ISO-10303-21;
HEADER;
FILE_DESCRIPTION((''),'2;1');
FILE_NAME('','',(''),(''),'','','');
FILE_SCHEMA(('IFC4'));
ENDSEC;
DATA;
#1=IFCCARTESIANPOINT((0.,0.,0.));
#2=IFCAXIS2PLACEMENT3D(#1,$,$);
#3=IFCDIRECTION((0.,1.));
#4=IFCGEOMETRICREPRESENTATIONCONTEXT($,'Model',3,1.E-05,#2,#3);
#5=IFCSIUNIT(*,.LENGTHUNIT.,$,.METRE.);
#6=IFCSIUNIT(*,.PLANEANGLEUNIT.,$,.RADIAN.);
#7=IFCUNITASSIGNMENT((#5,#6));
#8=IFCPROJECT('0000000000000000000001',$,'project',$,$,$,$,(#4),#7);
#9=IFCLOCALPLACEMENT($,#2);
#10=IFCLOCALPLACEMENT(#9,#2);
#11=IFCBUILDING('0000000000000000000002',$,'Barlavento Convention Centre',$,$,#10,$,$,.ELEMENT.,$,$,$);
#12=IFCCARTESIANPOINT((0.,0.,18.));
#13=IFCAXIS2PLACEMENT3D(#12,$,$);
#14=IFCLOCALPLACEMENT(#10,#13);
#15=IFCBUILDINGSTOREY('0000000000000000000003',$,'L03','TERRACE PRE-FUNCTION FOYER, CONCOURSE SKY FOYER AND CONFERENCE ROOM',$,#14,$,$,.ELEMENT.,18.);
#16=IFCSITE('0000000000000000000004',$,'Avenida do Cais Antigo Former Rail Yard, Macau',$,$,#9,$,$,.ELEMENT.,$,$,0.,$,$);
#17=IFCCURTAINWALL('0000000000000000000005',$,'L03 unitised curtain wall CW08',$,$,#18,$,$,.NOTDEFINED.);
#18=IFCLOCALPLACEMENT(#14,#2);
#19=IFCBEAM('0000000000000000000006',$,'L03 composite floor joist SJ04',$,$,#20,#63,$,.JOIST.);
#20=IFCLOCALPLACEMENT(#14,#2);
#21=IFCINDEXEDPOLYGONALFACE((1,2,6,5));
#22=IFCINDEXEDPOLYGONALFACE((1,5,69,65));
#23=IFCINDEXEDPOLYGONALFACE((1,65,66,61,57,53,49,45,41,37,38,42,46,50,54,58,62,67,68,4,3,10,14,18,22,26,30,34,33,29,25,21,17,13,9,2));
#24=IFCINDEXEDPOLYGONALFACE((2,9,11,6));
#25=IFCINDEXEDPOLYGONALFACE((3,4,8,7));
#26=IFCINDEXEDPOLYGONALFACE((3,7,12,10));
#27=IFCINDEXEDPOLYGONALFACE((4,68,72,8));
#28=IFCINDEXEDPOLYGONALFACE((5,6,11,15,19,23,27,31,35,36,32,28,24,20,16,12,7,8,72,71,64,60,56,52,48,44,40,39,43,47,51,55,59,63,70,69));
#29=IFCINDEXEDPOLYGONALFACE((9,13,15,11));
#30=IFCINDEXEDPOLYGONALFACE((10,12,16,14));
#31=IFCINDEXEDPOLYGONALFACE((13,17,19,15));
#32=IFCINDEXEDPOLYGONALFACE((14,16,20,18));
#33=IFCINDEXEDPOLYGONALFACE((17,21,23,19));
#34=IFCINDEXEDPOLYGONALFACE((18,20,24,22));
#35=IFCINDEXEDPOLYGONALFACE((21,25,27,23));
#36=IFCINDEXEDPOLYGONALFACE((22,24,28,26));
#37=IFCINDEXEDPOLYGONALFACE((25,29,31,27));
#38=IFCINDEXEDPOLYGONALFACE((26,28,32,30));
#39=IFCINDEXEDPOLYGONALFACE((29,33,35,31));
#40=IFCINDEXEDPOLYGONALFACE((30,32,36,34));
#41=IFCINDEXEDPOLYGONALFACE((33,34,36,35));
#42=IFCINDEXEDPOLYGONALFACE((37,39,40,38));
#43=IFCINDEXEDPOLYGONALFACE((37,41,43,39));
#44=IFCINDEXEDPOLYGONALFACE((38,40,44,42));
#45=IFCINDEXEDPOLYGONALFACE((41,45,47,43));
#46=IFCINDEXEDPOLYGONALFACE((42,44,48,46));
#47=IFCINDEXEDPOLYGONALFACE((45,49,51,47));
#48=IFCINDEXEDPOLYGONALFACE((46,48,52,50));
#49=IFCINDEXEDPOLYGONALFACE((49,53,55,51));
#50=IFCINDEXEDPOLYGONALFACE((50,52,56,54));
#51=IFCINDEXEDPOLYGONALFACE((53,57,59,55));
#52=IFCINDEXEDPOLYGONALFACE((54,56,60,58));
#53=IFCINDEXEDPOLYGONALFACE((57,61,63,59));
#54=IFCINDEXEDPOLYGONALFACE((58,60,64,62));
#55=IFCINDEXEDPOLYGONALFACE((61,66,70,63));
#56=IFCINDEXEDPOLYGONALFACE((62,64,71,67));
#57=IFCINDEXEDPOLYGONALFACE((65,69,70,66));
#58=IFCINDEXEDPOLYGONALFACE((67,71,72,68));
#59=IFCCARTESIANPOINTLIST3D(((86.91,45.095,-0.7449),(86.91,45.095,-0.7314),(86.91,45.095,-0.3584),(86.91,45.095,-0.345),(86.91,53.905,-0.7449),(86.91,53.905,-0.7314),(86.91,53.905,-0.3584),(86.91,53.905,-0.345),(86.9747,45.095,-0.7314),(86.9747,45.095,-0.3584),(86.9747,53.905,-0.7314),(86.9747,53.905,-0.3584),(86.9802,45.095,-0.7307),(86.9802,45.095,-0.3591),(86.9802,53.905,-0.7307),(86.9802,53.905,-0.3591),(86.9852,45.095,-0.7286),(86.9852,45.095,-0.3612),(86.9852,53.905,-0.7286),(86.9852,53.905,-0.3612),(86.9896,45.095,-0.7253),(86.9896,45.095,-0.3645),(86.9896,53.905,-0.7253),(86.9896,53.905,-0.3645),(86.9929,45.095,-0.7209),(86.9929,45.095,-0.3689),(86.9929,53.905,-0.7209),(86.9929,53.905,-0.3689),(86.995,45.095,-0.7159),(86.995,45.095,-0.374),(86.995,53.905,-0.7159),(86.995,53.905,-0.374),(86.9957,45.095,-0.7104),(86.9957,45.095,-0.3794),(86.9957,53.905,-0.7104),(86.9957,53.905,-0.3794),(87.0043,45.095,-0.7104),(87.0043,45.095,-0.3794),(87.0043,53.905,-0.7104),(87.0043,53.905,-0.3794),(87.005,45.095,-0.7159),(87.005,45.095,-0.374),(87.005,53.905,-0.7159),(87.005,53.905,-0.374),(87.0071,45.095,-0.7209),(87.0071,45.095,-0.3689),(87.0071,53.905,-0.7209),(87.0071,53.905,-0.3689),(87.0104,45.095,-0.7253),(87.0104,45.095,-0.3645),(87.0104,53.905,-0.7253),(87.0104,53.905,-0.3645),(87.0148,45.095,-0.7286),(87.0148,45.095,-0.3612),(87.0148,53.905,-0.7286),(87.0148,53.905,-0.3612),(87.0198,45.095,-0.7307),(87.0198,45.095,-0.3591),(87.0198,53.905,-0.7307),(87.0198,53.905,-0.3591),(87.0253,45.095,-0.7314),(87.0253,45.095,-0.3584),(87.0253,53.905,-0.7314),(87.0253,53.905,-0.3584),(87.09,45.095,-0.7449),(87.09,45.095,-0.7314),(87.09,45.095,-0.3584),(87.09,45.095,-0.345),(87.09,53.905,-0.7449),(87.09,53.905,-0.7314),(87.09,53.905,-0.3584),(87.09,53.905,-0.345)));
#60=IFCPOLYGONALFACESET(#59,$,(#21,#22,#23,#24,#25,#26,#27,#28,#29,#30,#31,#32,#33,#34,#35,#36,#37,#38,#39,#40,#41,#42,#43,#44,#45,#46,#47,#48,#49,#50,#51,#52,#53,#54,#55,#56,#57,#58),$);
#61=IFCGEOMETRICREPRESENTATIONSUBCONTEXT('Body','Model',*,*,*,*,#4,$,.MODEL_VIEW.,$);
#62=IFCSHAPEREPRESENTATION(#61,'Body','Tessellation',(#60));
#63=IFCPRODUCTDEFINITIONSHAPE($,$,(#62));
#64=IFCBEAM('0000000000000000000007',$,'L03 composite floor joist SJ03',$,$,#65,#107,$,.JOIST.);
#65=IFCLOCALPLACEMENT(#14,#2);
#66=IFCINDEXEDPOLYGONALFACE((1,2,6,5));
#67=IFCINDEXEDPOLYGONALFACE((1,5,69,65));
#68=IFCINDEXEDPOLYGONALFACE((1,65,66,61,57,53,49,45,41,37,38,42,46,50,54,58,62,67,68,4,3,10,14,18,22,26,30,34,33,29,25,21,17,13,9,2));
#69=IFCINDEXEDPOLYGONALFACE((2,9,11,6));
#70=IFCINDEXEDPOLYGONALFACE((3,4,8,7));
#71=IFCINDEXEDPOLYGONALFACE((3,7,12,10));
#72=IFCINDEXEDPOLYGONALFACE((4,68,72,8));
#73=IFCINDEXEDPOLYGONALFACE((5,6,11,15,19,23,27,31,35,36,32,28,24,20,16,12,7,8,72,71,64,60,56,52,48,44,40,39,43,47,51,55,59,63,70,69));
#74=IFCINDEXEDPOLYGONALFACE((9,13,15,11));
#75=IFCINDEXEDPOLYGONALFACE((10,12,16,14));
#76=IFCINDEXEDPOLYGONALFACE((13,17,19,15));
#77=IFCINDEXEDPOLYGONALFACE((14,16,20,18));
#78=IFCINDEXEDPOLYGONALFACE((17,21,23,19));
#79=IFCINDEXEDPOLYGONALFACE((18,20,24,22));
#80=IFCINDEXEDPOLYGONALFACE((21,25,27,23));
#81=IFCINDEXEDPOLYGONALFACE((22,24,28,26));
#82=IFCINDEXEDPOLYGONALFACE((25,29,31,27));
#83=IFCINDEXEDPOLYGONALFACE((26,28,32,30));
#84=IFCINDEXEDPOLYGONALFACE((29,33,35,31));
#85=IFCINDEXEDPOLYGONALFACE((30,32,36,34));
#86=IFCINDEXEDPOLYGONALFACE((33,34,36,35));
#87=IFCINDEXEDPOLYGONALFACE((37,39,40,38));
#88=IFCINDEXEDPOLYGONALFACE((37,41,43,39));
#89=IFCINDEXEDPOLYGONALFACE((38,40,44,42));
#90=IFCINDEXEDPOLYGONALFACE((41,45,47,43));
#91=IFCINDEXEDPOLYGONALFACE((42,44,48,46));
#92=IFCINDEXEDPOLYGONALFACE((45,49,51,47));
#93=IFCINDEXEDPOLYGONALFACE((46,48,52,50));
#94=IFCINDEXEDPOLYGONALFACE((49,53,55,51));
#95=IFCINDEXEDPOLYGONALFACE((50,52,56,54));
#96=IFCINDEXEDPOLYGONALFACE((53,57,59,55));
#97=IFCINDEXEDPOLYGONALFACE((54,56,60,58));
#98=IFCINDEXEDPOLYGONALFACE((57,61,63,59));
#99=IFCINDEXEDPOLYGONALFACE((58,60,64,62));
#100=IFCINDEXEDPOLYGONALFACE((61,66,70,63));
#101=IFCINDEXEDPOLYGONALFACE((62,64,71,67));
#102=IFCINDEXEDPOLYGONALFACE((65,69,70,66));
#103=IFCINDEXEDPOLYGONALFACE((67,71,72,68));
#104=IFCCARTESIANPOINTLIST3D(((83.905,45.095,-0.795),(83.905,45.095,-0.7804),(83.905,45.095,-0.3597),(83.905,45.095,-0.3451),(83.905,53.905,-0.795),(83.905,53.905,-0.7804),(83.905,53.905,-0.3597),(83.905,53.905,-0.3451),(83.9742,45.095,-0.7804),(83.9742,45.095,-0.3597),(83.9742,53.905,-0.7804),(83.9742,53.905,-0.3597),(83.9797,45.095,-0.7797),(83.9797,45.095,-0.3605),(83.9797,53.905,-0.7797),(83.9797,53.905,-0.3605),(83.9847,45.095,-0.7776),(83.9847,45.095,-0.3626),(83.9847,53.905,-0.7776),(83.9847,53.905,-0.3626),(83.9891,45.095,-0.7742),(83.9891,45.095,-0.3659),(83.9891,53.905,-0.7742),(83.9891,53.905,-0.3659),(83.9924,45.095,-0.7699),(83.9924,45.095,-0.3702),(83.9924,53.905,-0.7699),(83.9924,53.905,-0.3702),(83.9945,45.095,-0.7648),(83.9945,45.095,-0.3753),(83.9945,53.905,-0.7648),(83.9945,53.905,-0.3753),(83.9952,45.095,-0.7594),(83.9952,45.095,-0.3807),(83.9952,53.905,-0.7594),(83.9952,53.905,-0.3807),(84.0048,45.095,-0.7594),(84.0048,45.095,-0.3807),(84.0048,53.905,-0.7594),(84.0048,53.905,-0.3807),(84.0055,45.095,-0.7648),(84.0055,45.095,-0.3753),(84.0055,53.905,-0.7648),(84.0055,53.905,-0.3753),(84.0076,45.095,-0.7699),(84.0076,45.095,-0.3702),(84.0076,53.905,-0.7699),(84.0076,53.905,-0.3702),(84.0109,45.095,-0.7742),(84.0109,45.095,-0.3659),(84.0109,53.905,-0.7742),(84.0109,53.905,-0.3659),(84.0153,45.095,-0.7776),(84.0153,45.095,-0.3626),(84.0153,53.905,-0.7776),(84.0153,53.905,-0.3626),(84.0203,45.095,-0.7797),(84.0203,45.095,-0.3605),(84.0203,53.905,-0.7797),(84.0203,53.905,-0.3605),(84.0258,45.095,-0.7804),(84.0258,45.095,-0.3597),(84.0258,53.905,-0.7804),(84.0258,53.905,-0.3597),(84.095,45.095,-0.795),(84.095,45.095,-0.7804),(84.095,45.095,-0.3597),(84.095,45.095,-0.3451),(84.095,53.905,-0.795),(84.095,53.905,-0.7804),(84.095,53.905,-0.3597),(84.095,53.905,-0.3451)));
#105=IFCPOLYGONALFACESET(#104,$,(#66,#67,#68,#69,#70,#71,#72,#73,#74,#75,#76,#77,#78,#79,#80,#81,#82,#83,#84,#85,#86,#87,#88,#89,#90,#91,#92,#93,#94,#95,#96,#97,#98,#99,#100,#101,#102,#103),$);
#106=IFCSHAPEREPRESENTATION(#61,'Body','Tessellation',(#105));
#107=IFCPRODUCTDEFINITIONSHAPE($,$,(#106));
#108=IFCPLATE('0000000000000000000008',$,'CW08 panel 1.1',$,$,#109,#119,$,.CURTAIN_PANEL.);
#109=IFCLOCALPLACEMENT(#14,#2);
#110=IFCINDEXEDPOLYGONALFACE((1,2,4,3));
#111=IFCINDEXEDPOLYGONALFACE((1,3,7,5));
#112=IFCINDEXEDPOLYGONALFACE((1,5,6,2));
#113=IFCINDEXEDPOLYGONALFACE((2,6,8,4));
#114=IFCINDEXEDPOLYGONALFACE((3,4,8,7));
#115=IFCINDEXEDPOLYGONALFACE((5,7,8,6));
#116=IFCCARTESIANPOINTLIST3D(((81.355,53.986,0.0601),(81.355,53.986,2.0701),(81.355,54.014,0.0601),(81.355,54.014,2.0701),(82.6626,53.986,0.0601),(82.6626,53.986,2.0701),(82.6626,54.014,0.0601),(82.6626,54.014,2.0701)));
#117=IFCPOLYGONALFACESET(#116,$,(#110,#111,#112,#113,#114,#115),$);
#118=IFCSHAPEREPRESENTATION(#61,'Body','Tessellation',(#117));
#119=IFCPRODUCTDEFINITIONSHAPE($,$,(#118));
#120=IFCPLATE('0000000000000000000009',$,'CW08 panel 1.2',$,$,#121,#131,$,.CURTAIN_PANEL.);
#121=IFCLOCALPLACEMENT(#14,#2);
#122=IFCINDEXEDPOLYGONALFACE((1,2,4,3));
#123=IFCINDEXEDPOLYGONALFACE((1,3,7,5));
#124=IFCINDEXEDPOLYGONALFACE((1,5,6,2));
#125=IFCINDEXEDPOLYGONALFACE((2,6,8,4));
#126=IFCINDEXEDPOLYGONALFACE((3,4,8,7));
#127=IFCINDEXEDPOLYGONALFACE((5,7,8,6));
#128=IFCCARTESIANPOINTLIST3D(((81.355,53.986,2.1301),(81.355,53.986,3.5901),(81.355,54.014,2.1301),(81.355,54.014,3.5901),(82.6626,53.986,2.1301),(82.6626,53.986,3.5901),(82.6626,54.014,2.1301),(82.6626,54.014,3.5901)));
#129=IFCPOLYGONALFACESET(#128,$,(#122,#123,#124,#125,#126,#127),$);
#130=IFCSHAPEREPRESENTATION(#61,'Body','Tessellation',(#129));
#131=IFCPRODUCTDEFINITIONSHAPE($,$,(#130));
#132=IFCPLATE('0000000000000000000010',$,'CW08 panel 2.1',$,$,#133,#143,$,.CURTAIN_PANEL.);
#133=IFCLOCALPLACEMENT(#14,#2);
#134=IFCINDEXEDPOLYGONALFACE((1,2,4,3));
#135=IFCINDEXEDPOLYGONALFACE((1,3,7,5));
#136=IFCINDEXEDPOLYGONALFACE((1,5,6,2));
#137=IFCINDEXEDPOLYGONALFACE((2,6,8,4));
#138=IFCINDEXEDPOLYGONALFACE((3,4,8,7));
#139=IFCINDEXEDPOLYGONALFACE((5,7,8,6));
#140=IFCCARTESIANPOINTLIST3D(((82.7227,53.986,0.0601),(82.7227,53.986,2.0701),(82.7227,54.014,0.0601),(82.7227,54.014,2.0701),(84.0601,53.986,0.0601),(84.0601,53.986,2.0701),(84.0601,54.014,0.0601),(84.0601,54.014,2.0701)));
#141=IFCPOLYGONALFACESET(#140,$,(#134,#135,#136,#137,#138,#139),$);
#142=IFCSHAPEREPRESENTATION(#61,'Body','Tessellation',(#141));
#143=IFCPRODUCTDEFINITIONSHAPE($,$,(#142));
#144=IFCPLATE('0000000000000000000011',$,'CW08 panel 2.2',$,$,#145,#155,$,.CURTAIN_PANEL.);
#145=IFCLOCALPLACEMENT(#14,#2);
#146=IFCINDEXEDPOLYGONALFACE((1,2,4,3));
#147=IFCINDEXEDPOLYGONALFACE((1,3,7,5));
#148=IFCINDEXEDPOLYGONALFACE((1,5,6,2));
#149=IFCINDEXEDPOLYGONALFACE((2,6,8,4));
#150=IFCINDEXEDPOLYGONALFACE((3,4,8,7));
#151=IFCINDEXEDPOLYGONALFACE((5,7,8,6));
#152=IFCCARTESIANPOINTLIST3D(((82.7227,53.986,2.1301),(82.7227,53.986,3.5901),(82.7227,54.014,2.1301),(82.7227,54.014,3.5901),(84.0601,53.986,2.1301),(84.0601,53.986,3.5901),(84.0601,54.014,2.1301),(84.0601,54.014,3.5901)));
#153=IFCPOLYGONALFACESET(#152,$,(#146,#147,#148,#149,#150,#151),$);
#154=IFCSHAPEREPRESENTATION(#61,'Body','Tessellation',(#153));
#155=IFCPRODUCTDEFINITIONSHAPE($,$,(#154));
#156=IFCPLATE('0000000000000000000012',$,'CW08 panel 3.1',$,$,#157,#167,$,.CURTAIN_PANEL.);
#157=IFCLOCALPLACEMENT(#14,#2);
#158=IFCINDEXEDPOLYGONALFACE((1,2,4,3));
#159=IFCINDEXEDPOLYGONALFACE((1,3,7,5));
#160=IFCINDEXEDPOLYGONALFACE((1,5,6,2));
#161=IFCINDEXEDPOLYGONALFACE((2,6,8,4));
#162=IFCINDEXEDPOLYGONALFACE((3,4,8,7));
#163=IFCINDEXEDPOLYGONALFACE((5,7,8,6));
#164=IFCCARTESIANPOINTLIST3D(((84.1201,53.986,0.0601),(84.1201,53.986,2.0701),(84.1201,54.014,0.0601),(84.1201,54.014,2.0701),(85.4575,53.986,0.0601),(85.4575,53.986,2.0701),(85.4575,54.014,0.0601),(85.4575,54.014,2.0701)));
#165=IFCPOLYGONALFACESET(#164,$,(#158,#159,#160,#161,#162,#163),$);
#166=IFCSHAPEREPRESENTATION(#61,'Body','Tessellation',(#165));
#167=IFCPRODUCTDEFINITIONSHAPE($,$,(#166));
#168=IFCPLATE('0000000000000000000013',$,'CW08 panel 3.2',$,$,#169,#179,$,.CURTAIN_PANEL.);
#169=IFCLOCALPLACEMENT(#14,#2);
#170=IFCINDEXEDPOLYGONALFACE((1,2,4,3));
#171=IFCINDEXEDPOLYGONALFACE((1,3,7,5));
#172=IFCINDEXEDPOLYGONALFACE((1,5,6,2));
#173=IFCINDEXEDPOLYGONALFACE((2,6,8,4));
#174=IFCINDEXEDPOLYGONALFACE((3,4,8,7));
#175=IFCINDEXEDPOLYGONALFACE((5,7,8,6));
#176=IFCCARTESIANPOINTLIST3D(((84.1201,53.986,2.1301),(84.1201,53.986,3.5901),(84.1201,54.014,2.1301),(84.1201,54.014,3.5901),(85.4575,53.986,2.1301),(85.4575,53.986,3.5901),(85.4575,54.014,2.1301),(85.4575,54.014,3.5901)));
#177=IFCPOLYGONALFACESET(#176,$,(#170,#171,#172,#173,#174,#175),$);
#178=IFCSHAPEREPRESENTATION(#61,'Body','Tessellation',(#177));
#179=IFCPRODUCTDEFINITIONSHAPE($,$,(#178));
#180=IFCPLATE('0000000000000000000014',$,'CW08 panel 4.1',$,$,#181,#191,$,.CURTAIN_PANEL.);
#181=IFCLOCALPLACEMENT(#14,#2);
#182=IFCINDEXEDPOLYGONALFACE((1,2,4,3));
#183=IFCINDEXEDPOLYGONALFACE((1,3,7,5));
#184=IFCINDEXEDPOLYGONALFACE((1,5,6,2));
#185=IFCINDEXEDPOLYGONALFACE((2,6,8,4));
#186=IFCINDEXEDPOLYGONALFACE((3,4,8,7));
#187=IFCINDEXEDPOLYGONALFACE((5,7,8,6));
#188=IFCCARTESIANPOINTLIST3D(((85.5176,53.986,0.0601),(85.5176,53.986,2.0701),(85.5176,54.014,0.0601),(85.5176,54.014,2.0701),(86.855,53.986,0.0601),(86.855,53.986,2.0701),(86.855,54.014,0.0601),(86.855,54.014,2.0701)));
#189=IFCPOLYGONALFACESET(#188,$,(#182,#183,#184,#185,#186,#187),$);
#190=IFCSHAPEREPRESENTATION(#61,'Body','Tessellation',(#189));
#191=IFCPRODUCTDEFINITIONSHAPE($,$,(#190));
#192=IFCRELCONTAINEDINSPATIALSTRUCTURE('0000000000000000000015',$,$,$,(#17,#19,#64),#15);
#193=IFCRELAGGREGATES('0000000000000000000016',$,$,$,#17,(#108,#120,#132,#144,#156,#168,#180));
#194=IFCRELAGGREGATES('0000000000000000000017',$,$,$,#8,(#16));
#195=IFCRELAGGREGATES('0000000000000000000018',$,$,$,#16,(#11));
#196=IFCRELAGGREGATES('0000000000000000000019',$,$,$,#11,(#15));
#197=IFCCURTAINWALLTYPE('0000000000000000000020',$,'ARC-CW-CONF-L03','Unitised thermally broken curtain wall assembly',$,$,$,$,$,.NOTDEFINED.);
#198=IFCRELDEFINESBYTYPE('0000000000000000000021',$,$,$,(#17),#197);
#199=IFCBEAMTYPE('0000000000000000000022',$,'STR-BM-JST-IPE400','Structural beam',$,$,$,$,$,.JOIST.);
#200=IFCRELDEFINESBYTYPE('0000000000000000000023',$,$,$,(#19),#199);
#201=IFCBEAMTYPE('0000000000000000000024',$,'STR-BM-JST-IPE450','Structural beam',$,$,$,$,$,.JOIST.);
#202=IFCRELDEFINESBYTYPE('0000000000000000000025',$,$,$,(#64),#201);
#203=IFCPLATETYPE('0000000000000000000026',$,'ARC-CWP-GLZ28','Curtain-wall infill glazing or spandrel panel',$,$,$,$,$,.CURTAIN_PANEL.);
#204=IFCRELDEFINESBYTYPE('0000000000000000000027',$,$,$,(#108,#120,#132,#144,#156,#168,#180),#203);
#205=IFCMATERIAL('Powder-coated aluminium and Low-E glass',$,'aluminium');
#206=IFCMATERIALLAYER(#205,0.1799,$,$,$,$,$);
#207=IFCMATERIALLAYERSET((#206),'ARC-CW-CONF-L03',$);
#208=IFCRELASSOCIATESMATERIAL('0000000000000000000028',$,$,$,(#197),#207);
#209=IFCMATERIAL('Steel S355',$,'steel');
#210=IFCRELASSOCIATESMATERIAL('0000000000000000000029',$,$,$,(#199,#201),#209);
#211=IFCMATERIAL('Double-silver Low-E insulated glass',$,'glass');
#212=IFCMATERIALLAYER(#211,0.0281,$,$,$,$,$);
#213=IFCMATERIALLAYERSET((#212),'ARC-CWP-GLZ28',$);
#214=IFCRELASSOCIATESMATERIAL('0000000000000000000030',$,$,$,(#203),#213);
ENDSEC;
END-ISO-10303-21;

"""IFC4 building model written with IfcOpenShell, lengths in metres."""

from ifc_helpers import new_model, si_unit, direction, frame, origin, origin_2d, place, context, subcontext, project, spatial, rectangle, i_section, extrude, material, layer, layer_set, material_profile, profile_set, type_object, element, aggregate, save


model = new_model("IFC4")

# Units and contexts
model_context = context("Model", 3, precision=1e-05, world=origin(), true_north=direction((0.0, 1.0)))
body_context = subcontext(model_context, "Body", "Model", "MODEL_VIEW")
ifc_project = project(units=[si_unit("LENGTHUNIT", "METRE"), si_unit("PLANEANGLEUNIT", "RADIAN")], contexts=[model_context])

# Site, building, storey
site_placement = place(None, origin())
site = spatial("IfcSite", under=ifc_project, at=site_placement, Name="Avenida do Cais Antigo Former Rail Yard, Macau", CompositionType="ELEMENT", RefElevation=0.0)
building_placement = place(site_placement, origin())
building = spatial("IfcBuilding", under=site, at=building_placement, Name="Barlavento Convention Centre", CompositionType="ELEMENT")
storey_placement = place(building_placement, frame((0.0, 0.0, 18.0)))
storey = spatial("IfcBuildingStorey", under=building, at=storey_placement, Name="L03", Description="TERRACE PRE-FUNCTION FOYER, CONCOURSE SKY FOYER AND CONFERENCE ROOM", CompositionType="ELEMENT", Elevation=18.0)

# Curtain wall
ifc_material_1 = material(Name="Powder-coated aluminium and Low-E glass", Category="aluminium")
ifc_layer_1 = layer(ifc_material_1, 0.1799)
ifc_layer_set_1 = layer_set([ifc_layer_1], Name="ARC-CW-CONF-L03")
curtain_wall_type = type_object("IfcCurtainWallType", Name="ARC-CW-CONF-L03", Description="Unitised thermally broken curtain wall assembly", PredefinedType="NOTDEFINED", material=ifc_layer_set_1)
curtain_wall_placement = place(storey_placement, origin())
curtain_wall = element("IfcCurtainWall", 1, at=curtain_wall_placement, inside=storey, type_object=curtain_wall_type, Name="L03 unitised curtain wall CW08", PredefinedType="NOTDEFINED")

# Beams
ifc_material_2 = material(Name="Steel S355", Category="steel")
ifc_material_profile_1 = material_profile(ifc_material_2, i_section(OverallWidth=0.1799, OverallDepth=0.3999, WebThickness=0.0085, FlangeThickness=0.0134, FilletRadius=0.021, at=origin_2d()), Name="IPE 400")
ifc_profile_set_1 = profile_set([ifc_material_profile_1], Name="Steel S355")
beam_type_1 = type_object("IfcBeamType", Name="STR-BM-JST-IPE400", Description="Structural beam", PredefinedType="JOIST", material=ifc_profile_set_1)
beam_1_placement = place(storey_placement, frame((87.0, 45.095, -0.5449), z_axis=(0.0, 1.0, 0.0), x_axis=(-1.0, 0.0, 0.0)))
element("IfcBeam", 2, at=beam_1_placement, inside=storey, type_object=beam_type_1, Name="L03 composite floor joist SJ04", PredefinedType="JOIST", context=body_context, shape_type="SweptSolid", body=[
    extrude(i_section(OverallWidth=0.1799, OverallDepth=0.3999, WebThickness=0.0085, FlangeThickness=0.0134, FilletRadius=0.021, at=origin_2d()), origin(), (0.0, 0.0, 1.0), 8.8101),
])
ifc_material_profile_2 = material_profile(ifc_material_2, i_section(OverallWidth=0.1899, OverallDepth=0.45, WebThickness=0.0095, FlangeThickness=0.0146, FilletRadius=0.021, at=origin_2d()), Name="IPE 450")
ifc_profile_set_2 = profile_set([ifc_material_profile_2], Name="Steel S355")
beam_type_2 = type_object("IfcBeamType", Name="STR-BM-JST-IPE450", Description="Structural beam", PredefinedType="JOIST", material=ifc_profile_set_2)
beam_2_placement = place(storey_placement, frame((84.0, 45.095, -0.5701), z_axis=(0.0, 1.0, 0.0), x_axis=(-1.0, 0.0, 0.0)))
element("IfcBeam", 3, at=beam_2_placement, inside=storey, type_object=beam_type_2, Name="L03 composite floor joist SJ03", PredefinedType="JOIST", context=body_context, shape_type="SweptSolid", body=[
    extrude(i_section(OverallWidth=0.1899, OverallDepth=0.45, WebThickness=0.0095, FlangeThickness=0.0146, FilletRadius=0.021, at=origin_2d()), origin(), (0.0, 0.0, 1.0), 8.8101),
])

# Plates
ifc_material_3 = material(Name="Double-silver Low-E insulated glass", Category="glass")
ifc_layer_2 = layer(ifc_material_3, 0.0281)
ifc_layer_set_2 = layer_set([ifc_layer_2], Name="ARC-CWP-GLZ28")
plate_type = type_object("IfcPlateType", Name="ARC-CWP-GLZ28", Description="Curtain-wall infill glazing or spandrel panel", PredefinedType="CURTAIN_PANEL", material=ifc_layer_set_2)
plate_1_placement = place(storey_placement, frame((82.0088, 54.0, 0.0601), z_axis=(0.0, 0.0, 1.0), x_axis=(1.0, 0.0, 0.0)))
plate_1 = element("IfcPlate", 4, at=plate_1_placement, type_object=plate_type, Name="CW08 panel 1.1", PredefinedType="CURTAIN_PANEL", context=body_context, shape_type="SweptSolid", body=[
    extrude(rectangle(XDim=1.3076, YDim=0.0281, at=origin_2d()), origin(), (0.0, 0.0, 1.0), 2.01),
])
plate_2_placement = place(storey_placement, frame((82.0088, 54.0, 2.1301), z_axis=(0.0, 0.0, 1.0), x_axis=(1.0, 0.0, 0.0)))
plate_2 = element("IfcPlate", 5, at=plate_2_placement, type_object=plate_type, Name="CW08 panel 1.2", PredefinedType="CURTAIN_PANEL", context=body_context, shape_type="SweptSolid", body=[
    extrude(rectangle(XDim=1.3076, YDim=0.0281, at=origin_2d()), origin(), (0.0, 0.0, 1.0), 1.46),
])
plate_3_placement = place(storey_placement, frame((83.3914, 54.0, 0.0601), z_axis=(0.0, 0.0, 1.0), x_axis=(1.0, 0.0, 0.0)))
plate_3 = element("IfcPlate", 6, at=plate_3_placement, type_object=plate_type, Name="CW08 panel 2.1", PredefinedType="CURTAIN_PANEL", context=body_context, shape_type="SweptSolid", body=[
    extrude(rectangle(XDim=1.3374, YDim=0.0281, at=origin_2d()), origin(), (0.0, 0.0, 1.0), 2.01),
])
plate_4_placement = place(storey_placement, frame((83.3914, 54.0, 2.1301), z_axis=(0.0, 0.0, 1.0), x_axis=(1.0, 0.0, 0.0)))
plate_4 = element("IfcPlate", 7, at=plate_4_placement, type_object=plate_type, Name="CW08 panel 2.2", PredefinedType="CURTAIN_PANEL", context=body_context, shape_type="SweptSolid", body=[
    extrude(rectangle(XDim=1.3374, YDim=0.0281, at=origin_2d()), origin(), (0.0, 0.0, 1.0), 1.46),
])
plate_5_placement = place(storey_placement, frame((84.7888, 54.0, 0.0601), z_axis=(0.0, 0.0, 1.0), x_axis=(1.0, 0.0, 0.0)))
plate_5 = element("IfcPlate", 8, at=plate_5_placement, type_object=plate_type, Name="CW08 panel 3.1", PredefinedType="CURTAIN_PANEL", context=body_context, shape_type="SweptSolid", body=[
    extrude(rectangle(XDim=1.3374, YDim=0.0281, at=origin_2d()), origin(), (0.0, 0.0, 1.0), 2.01),
])
plate_6_placement = place(storey_placement, frame((84.7888, 54.0, 2.1301), z_axis=(0.0, 0.0, 1.0), x_axis=(1.0, 0.0, 0.0)))
plate_6 = element("IfcPlate", 9, at=plate_6_placement, type_object=plate_type, Name="CW08 panel 3.2", PredefinedType="CURTAIN_PANEL", context=body_context, shape_type="SweptSolid", body=[
    extrude(rectangle(XDim=1.3374, YDim=0.0281, at=origin_2d()), origin(), (0.0, 0.0, 1.0), 1.46),
])
plate_7_placement = place(storey_placement, frame((86.1863, 54.0, 0.0601), z_axis=(0.0, 0.0, 1.0), x_axis=(1.0, 0.0, 0.0)))
plate_7 = element("IfcPlate", 10, at=plate_7_placement, type_object=plate_type, Name="CW08 panel 4.1", PredefinedType="CURTAIN_PANEL", context=body_context, shape_type="SweptSolid", body=[
    extrude(rectangle(XDim=1.3374, YDim=0.0281, at=origin_2d()), origin(), (0.0, 0.0, 1.0), 2.01),
])
aggregate(curtain_wall, [plate_1, plate_2, plate_3, plate_4, plate_5, plate_6, plate_7])

save(model, "model.ifc")
